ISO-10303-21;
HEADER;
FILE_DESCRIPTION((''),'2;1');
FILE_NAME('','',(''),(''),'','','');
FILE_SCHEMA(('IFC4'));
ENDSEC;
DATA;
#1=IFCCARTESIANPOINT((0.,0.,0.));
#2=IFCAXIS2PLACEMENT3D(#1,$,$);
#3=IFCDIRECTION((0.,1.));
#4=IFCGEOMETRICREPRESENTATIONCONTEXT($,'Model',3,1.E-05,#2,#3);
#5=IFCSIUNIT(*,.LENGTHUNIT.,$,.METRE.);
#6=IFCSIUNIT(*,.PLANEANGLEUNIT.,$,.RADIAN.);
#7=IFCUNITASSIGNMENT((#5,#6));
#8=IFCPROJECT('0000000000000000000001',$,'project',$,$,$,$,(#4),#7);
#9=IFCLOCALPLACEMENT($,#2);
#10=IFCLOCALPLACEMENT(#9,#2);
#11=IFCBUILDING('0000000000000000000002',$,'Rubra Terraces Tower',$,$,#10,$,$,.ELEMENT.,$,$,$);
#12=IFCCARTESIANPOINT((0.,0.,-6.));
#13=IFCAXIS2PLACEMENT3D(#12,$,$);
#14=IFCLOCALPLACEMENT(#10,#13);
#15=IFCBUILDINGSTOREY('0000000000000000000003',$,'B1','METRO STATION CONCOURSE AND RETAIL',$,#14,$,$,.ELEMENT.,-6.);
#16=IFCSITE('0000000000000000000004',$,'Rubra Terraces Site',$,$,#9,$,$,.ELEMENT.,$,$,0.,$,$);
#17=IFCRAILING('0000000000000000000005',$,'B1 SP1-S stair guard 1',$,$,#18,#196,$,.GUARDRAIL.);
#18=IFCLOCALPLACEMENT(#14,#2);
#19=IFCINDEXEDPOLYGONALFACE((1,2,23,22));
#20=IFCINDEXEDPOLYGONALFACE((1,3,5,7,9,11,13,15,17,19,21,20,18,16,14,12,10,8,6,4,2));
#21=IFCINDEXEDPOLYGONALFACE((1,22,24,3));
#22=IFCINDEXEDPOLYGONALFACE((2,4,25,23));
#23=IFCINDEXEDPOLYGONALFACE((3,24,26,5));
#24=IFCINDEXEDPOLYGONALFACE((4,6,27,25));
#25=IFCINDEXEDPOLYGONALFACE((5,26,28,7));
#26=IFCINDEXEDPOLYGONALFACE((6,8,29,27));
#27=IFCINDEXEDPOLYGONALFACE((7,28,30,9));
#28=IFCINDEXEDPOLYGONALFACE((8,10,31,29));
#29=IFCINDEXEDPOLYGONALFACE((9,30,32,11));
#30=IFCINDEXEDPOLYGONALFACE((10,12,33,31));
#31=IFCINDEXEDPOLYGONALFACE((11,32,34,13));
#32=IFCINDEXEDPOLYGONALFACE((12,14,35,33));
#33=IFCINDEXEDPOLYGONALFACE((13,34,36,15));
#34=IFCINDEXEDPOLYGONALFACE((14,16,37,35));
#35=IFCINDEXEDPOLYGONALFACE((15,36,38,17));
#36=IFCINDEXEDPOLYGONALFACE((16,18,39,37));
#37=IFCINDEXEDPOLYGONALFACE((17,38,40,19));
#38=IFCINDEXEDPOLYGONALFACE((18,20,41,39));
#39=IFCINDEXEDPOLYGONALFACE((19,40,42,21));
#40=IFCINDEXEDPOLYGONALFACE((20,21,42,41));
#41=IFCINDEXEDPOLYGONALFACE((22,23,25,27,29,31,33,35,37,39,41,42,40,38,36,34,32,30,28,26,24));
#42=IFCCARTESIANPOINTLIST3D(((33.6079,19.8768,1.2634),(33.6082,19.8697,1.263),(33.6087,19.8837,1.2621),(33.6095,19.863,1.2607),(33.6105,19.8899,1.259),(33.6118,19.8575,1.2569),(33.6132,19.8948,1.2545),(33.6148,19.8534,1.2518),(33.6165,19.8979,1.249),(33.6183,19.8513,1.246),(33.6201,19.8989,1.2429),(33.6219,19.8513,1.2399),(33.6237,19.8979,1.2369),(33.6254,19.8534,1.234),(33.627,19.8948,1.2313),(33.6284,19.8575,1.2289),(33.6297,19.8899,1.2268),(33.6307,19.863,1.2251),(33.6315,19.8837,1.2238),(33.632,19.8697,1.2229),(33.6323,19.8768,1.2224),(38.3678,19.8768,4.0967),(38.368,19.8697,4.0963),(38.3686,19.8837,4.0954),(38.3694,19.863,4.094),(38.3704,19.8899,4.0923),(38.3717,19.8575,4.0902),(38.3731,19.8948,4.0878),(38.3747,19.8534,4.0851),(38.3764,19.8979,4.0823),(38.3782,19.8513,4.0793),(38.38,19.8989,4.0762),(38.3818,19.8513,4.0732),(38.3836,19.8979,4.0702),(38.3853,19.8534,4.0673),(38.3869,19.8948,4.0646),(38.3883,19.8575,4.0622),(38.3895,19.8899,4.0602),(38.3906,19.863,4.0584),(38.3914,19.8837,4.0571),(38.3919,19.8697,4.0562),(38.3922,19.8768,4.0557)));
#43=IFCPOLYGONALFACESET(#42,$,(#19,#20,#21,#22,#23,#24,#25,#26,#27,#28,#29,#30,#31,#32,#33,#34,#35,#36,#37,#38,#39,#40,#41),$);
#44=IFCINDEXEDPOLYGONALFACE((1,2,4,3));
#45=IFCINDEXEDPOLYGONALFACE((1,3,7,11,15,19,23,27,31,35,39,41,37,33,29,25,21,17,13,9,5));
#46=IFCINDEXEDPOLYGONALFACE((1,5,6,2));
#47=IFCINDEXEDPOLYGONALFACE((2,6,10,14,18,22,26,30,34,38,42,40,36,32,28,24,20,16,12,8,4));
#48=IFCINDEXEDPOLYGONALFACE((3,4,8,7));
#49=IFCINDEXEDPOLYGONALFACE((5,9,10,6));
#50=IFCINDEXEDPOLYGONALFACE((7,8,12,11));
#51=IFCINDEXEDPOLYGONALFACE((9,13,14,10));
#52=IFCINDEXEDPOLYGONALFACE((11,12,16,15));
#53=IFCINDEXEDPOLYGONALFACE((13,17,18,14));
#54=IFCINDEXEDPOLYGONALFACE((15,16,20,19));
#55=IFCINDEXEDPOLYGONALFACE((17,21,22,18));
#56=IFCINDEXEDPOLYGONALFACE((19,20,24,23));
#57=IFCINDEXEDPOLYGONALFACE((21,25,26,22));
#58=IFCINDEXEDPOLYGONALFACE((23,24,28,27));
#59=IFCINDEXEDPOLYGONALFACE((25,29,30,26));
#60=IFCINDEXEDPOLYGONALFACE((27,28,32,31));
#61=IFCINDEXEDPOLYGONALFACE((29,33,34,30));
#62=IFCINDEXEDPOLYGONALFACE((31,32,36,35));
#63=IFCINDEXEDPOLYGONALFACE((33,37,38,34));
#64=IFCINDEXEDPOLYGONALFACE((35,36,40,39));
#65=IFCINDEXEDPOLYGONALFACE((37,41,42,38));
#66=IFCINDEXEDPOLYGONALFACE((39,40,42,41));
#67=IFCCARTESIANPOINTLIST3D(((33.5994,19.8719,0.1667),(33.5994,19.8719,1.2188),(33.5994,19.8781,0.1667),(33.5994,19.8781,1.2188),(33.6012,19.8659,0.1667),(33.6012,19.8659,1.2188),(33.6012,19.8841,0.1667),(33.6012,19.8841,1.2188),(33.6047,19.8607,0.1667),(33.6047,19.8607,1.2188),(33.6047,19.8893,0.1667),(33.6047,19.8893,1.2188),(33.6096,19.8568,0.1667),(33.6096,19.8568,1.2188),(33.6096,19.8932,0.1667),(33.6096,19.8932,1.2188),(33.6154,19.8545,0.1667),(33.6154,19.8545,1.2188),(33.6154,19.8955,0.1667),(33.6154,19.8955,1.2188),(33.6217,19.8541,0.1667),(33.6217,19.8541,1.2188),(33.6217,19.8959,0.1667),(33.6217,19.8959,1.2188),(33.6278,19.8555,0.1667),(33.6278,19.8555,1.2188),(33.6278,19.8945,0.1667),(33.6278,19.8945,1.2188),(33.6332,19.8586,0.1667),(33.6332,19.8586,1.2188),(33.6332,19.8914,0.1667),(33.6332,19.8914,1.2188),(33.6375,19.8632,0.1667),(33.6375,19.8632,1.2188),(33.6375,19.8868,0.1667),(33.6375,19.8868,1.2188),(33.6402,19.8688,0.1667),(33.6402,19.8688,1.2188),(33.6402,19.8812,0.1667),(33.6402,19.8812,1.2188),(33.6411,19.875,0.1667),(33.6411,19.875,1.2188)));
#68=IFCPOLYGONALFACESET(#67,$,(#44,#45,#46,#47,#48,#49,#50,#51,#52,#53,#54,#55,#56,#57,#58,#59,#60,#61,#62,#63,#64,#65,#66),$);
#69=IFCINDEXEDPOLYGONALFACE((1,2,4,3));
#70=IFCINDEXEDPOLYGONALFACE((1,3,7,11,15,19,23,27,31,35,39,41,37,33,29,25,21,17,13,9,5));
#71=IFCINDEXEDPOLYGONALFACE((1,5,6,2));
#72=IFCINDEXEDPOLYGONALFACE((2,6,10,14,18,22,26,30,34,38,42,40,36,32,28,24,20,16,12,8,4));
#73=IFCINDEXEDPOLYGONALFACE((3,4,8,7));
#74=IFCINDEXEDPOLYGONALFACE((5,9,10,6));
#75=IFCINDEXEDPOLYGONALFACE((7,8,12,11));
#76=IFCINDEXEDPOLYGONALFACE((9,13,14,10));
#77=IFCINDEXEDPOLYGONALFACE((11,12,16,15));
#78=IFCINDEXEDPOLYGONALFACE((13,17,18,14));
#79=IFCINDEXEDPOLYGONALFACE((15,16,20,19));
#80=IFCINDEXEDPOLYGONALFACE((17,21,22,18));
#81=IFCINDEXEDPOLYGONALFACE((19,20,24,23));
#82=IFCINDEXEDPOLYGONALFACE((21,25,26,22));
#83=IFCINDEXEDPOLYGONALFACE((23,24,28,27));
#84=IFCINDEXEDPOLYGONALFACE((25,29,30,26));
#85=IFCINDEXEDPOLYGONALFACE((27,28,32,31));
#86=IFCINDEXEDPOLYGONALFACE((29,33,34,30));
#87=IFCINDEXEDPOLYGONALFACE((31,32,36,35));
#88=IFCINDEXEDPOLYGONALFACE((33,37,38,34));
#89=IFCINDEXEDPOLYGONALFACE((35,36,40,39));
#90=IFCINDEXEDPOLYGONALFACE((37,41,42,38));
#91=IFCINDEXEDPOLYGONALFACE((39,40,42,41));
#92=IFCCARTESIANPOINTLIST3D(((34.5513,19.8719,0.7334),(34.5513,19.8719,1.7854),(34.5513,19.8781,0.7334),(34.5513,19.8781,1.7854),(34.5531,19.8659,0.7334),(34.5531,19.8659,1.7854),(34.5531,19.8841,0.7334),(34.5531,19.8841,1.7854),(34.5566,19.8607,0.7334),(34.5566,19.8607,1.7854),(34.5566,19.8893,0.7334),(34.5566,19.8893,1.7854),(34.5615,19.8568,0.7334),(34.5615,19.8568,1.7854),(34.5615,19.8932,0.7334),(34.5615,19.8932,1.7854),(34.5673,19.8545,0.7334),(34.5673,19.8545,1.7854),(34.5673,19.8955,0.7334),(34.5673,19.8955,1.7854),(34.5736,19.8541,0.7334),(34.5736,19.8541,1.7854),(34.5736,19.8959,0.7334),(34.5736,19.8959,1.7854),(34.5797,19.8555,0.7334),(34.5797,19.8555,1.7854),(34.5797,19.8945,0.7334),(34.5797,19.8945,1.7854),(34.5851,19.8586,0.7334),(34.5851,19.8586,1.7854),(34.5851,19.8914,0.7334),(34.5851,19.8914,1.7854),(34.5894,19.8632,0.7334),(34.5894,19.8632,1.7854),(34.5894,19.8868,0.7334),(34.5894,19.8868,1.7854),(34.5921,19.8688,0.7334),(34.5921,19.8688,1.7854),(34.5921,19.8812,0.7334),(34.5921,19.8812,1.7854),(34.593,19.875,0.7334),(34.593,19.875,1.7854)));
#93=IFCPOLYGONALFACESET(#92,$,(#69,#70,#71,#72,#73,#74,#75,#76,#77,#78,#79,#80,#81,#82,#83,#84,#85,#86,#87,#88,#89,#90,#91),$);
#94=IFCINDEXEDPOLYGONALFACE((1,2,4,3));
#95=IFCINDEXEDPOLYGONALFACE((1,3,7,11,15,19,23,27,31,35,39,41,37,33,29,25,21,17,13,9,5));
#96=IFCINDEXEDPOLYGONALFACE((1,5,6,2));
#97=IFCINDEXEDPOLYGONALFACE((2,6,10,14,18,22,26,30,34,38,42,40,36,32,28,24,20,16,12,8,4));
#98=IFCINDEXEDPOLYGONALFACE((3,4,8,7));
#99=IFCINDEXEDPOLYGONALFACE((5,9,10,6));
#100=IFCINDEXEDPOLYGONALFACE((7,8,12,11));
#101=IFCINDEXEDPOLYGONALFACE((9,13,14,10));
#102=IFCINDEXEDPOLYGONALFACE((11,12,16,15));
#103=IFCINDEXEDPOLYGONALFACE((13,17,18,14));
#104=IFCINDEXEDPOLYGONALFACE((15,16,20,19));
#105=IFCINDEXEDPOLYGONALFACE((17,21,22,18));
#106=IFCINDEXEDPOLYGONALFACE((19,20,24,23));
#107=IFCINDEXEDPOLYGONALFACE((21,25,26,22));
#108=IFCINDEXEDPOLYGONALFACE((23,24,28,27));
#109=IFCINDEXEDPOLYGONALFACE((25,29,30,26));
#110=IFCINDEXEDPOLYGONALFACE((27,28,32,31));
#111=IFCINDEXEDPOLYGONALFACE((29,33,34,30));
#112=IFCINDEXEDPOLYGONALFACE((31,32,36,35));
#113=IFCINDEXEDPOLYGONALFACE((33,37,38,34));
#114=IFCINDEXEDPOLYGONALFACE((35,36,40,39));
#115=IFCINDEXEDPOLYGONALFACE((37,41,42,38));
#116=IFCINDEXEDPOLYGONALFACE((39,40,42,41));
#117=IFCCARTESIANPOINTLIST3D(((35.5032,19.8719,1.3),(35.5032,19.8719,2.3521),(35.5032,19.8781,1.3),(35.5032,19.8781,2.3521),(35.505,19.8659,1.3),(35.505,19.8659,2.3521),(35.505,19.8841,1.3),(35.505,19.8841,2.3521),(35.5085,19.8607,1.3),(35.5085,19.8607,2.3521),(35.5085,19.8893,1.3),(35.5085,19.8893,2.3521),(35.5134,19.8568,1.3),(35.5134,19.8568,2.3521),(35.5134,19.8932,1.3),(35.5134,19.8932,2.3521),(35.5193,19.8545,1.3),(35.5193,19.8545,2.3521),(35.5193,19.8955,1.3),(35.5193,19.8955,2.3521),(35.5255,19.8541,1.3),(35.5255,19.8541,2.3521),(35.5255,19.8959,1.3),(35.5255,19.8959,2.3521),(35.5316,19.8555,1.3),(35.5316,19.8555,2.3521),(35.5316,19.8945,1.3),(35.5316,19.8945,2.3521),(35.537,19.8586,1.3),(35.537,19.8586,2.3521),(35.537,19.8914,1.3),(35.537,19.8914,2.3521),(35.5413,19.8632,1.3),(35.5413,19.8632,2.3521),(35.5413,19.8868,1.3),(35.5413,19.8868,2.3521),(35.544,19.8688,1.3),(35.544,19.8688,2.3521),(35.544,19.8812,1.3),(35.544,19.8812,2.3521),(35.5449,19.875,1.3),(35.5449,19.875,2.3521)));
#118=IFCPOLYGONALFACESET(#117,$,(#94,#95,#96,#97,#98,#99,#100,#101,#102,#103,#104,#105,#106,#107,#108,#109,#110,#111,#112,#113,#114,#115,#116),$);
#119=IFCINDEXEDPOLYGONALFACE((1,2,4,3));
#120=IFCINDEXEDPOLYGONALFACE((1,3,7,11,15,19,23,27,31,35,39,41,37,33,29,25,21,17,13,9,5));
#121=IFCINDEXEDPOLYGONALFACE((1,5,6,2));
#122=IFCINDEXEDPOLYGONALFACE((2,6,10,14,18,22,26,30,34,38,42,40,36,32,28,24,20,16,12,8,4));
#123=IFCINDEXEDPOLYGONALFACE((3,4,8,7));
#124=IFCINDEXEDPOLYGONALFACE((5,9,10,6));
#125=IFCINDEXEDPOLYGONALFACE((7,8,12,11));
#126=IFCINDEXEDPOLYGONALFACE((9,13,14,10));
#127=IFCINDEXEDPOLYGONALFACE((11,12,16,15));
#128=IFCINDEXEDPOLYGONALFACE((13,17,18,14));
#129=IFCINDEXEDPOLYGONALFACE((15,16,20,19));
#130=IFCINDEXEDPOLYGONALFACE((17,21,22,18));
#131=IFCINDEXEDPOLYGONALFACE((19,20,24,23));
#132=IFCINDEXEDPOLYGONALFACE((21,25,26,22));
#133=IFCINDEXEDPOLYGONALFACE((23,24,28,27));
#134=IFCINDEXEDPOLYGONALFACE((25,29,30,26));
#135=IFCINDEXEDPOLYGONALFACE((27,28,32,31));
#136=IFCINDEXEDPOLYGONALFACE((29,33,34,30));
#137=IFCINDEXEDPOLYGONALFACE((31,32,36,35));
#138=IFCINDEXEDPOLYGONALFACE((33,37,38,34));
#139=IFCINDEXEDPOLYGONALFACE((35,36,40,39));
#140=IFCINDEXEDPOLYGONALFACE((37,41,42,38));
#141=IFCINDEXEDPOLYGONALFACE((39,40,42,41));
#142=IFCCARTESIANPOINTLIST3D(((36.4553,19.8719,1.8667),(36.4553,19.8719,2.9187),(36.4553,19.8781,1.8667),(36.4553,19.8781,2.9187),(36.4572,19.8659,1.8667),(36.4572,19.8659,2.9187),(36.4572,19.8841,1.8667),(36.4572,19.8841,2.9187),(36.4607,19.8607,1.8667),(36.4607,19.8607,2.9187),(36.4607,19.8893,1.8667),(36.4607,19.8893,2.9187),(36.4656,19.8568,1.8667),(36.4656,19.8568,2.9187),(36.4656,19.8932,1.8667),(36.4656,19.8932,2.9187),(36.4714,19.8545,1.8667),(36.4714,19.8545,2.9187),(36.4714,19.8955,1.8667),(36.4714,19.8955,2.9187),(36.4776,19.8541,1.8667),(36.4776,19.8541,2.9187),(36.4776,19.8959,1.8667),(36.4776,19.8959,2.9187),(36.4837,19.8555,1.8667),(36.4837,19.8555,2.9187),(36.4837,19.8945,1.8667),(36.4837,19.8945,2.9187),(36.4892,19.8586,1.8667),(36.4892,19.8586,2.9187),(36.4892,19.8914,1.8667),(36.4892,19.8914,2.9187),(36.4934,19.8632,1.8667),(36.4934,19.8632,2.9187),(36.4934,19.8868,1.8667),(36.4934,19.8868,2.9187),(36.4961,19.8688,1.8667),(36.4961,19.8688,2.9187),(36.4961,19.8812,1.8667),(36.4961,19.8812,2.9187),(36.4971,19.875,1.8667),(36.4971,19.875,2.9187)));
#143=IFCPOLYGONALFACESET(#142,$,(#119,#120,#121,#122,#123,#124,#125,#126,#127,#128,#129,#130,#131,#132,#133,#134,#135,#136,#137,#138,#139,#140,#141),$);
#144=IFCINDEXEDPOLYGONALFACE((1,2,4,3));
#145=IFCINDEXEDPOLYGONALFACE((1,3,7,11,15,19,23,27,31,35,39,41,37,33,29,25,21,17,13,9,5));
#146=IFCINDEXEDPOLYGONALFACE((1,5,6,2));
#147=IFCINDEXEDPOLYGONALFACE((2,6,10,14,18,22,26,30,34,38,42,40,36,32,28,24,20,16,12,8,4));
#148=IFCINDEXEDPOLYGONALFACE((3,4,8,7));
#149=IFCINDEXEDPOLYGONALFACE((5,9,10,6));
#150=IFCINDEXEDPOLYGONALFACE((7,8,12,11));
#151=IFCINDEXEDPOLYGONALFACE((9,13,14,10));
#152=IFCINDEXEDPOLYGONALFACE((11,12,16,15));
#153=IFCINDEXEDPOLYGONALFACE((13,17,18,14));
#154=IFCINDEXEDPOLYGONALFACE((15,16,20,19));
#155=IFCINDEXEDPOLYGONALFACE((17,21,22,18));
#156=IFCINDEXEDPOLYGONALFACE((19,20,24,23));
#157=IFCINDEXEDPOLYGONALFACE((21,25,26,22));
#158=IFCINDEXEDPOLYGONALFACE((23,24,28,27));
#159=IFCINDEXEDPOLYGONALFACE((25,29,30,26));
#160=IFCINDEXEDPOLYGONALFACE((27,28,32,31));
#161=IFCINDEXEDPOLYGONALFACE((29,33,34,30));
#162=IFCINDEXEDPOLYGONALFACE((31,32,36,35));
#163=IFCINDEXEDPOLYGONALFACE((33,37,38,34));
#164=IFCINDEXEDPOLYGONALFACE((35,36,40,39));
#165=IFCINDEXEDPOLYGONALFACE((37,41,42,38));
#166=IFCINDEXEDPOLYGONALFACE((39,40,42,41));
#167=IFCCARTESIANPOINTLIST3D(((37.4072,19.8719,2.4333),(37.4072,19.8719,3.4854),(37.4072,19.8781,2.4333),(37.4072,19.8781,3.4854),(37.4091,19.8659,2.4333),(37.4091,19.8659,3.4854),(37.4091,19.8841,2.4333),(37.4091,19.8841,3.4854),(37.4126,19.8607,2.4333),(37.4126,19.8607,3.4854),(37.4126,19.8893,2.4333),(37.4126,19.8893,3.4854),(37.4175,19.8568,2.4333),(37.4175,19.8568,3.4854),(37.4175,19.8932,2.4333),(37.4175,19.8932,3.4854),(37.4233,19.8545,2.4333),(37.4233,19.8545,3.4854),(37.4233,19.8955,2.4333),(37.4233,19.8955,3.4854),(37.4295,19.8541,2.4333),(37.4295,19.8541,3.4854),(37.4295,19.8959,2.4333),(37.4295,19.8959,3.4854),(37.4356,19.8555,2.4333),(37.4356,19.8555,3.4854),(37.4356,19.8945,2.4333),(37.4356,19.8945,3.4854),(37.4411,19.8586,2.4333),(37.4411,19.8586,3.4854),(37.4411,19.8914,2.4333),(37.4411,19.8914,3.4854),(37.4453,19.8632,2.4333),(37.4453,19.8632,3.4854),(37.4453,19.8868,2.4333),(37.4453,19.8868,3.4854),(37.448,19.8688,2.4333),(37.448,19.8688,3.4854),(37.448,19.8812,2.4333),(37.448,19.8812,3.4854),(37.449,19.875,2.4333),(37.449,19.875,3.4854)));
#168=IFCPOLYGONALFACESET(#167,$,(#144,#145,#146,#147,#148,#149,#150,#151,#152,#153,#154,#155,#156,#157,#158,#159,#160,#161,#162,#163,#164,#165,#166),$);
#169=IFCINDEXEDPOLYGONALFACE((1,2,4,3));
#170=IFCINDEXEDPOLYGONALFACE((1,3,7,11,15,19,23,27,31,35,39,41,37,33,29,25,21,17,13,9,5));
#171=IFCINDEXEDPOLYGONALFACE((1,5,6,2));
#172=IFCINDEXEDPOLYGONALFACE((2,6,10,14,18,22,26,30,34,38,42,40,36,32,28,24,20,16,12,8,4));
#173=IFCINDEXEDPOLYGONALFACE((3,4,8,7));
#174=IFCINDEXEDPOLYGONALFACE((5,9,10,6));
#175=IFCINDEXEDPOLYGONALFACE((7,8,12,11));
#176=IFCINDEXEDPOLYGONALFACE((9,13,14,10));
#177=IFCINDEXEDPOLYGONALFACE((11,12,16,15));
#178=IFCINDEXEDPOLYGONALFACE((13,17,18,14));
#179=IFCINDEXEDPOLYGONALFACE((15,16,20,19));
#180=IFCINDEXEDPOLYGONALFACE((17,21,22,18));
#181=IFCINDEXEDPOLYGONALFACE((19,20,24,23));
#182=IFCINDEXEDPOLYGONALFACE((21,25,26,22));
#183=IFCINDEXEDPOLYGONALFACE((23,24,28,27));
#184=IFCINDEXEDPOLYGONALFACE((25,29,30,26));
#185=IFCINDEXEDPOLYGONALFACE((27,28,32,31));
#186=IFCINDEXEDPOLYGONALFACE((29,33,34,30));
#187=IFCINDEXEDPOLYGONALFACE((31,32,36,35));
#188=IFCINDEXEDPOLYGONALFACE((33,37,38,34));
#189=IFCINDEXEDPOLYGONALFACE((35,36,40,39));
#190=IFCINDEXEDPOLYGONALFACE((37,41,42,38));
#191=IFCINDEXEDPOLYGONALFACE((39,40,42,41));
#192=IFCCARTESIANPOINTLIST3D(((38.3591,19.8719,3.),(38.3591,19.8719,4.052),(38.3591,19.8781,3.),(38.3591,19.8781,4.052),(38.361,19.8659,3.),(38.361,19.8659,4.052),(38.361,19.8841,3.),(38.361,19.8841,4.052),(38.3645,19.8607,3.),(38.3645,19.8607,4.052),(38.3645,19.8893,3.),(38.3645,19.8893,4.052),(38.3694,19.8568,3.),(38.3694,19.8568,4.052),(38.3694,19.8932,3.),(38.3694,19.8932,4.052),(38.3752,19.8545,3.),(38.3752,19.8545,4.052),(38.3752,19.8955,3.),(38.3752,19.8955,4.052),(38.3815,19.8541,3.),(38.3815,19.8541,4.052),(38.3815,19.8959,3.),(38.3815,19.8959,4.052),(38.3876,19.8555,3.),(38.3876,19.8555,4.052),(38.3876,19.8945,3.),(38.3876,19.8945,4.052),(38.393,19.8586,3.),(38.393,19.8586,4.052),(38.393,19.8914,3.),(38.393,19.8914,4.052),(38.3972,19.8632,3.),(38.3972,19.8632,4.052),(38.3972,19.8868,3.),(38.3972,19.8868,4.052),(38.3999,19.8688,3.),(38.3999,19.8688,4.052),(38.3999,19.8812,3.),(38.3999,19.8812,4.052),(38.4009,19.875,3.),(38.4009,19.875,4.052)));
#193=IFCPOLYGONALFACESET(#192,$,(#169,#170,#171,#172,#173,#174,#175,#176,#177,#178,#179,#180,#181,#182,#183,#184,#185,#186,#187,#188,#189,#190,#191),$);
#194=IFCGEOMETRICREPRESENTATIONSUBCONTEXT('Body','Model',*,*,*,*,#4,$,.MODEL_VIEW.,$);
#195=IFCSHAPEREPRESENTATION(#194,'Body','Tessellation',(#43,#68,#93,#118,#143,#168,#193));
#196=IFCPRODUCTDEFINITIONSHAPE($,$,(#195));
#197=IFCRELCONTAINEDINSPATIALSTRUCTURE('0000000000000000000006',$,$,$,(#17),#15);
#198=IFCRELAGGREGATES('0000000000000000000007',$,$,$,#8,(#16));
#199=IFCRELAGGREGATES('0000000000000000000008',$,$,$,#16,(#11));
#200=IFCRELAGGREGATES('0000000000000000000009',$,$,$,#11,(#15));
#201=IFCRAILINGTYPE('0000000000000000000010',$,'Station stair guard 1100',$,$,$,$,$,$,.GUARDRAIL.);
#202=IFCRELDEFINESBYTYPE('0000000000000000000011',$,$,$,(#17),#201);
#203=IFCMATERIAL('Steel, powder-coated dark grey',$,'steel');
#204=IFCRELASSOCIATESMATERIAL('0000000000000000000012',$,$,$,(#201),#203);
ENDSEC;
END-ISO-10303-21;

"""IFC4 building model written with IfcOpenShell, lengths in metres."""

from ifc_helpers import new_model, si_unit, direction, frame, origin, origin_2d, place, context, subcontext, project, spatial, circle, extrude, material, type_object, element, save


model = new_model("IFC4")

# Units and contexts
model_context = context("Model", 3, precision=1e-05, world=origin(), true_north=direction((0.0, 1.0)))
body_context = subcontext(model_context, "Body", "Model", "MODEL_VIEW")
ifc_project = project(units=[si_unit("LENGTHUNIT", "METRE"), si_unit("PLANEANGLEUNIT", "RADIAN")], contexts=[model_context])

# Site, building, storey
site_placement = place(None, origin())
site = spatial("IfcSite", under=ifc_project, at=site_placement, Name="Rubra Terraces Site", CompositionType="ELEMENT", RefElevation=0.0)
building_placement = place(site_placement, origin())
building = spatial("IfcBuilding", under=site, at=building_placement, Name="Rubra Terraces Tower", CompositionType="ELEMENT")
storey_placement = place(building_placement, frame((0.0, 0.0, -6.0)))
storey = spatial("IfcBuildingStorey", under=building, at=storey_placement, Name="B1", Description="METRO STATION CONCOURSE AND RETAIL", CompositionType="ELEMENT", Elevation=-6.0)

# Railing
ifc_material_1 = material(Name="Steel, powder-coated dark grey", Category="steel")
railing_type_1 = type_object("IfcRailingType", Name="Station stair guard 1100", PredefinedType="GUARDRAIL", material=ifc_material_1)
railing_1_placement = place(storey_placement, frame((33.6201, 19.875, 0.1667)))
element("IfcRailing", 1, at=railing_1_placement, inside=storey, type_object=railing_type_1, Name="B1 SP1-S stair guard 1", PredefinedType="GUARDRAIL", context=body_context, shape_type="SweptSolid", body=[
    extrude(circle(Radius=0.0239, at=origin_2d()), frame((0.0, 0.0, 1.0762), z_axis=(0.859288, 0.0, 0.511492), x_axis=(0.0, 1.0, 0.0)), (0.0, 0.0, 1.0), 5.5393),
    extrude(circle(Radius=0.021, at=origin_2d()), origin(), (0.0, 0.0, 1.0), 1.052),
    extrude(circle(Radius=0.021, at=origin_2d()), frame((0.9519, 0.0, 0.5667)), (0.0, 0.0, 1.0), 1.052),
    extrude(circle(Radius=0.021, at=origin_2d()), frame((1.9038, 0.0, 1.1333)), (0.0, 0.0, 1.0), 1.052),
    extrude(circle(Radius=0.021, at=origin_2d()), frame((2.856, 0.0, 1.7)), (0.0, 0.0, 1.0), 1.052),
    extrude(circle(Radius=0.021, at=origin_2d()), frame((3.8079, 0.0, 2.2666)), (0.0, 0.0, 1.0), 1.052),
    extrude(circle(Radius=0.021, at=origin_2d()), frame((4.7598, 0.0, 2.8333)), (0.0, 0.0, 1.0), 1.052),
])

save(model, "model.ifc")
